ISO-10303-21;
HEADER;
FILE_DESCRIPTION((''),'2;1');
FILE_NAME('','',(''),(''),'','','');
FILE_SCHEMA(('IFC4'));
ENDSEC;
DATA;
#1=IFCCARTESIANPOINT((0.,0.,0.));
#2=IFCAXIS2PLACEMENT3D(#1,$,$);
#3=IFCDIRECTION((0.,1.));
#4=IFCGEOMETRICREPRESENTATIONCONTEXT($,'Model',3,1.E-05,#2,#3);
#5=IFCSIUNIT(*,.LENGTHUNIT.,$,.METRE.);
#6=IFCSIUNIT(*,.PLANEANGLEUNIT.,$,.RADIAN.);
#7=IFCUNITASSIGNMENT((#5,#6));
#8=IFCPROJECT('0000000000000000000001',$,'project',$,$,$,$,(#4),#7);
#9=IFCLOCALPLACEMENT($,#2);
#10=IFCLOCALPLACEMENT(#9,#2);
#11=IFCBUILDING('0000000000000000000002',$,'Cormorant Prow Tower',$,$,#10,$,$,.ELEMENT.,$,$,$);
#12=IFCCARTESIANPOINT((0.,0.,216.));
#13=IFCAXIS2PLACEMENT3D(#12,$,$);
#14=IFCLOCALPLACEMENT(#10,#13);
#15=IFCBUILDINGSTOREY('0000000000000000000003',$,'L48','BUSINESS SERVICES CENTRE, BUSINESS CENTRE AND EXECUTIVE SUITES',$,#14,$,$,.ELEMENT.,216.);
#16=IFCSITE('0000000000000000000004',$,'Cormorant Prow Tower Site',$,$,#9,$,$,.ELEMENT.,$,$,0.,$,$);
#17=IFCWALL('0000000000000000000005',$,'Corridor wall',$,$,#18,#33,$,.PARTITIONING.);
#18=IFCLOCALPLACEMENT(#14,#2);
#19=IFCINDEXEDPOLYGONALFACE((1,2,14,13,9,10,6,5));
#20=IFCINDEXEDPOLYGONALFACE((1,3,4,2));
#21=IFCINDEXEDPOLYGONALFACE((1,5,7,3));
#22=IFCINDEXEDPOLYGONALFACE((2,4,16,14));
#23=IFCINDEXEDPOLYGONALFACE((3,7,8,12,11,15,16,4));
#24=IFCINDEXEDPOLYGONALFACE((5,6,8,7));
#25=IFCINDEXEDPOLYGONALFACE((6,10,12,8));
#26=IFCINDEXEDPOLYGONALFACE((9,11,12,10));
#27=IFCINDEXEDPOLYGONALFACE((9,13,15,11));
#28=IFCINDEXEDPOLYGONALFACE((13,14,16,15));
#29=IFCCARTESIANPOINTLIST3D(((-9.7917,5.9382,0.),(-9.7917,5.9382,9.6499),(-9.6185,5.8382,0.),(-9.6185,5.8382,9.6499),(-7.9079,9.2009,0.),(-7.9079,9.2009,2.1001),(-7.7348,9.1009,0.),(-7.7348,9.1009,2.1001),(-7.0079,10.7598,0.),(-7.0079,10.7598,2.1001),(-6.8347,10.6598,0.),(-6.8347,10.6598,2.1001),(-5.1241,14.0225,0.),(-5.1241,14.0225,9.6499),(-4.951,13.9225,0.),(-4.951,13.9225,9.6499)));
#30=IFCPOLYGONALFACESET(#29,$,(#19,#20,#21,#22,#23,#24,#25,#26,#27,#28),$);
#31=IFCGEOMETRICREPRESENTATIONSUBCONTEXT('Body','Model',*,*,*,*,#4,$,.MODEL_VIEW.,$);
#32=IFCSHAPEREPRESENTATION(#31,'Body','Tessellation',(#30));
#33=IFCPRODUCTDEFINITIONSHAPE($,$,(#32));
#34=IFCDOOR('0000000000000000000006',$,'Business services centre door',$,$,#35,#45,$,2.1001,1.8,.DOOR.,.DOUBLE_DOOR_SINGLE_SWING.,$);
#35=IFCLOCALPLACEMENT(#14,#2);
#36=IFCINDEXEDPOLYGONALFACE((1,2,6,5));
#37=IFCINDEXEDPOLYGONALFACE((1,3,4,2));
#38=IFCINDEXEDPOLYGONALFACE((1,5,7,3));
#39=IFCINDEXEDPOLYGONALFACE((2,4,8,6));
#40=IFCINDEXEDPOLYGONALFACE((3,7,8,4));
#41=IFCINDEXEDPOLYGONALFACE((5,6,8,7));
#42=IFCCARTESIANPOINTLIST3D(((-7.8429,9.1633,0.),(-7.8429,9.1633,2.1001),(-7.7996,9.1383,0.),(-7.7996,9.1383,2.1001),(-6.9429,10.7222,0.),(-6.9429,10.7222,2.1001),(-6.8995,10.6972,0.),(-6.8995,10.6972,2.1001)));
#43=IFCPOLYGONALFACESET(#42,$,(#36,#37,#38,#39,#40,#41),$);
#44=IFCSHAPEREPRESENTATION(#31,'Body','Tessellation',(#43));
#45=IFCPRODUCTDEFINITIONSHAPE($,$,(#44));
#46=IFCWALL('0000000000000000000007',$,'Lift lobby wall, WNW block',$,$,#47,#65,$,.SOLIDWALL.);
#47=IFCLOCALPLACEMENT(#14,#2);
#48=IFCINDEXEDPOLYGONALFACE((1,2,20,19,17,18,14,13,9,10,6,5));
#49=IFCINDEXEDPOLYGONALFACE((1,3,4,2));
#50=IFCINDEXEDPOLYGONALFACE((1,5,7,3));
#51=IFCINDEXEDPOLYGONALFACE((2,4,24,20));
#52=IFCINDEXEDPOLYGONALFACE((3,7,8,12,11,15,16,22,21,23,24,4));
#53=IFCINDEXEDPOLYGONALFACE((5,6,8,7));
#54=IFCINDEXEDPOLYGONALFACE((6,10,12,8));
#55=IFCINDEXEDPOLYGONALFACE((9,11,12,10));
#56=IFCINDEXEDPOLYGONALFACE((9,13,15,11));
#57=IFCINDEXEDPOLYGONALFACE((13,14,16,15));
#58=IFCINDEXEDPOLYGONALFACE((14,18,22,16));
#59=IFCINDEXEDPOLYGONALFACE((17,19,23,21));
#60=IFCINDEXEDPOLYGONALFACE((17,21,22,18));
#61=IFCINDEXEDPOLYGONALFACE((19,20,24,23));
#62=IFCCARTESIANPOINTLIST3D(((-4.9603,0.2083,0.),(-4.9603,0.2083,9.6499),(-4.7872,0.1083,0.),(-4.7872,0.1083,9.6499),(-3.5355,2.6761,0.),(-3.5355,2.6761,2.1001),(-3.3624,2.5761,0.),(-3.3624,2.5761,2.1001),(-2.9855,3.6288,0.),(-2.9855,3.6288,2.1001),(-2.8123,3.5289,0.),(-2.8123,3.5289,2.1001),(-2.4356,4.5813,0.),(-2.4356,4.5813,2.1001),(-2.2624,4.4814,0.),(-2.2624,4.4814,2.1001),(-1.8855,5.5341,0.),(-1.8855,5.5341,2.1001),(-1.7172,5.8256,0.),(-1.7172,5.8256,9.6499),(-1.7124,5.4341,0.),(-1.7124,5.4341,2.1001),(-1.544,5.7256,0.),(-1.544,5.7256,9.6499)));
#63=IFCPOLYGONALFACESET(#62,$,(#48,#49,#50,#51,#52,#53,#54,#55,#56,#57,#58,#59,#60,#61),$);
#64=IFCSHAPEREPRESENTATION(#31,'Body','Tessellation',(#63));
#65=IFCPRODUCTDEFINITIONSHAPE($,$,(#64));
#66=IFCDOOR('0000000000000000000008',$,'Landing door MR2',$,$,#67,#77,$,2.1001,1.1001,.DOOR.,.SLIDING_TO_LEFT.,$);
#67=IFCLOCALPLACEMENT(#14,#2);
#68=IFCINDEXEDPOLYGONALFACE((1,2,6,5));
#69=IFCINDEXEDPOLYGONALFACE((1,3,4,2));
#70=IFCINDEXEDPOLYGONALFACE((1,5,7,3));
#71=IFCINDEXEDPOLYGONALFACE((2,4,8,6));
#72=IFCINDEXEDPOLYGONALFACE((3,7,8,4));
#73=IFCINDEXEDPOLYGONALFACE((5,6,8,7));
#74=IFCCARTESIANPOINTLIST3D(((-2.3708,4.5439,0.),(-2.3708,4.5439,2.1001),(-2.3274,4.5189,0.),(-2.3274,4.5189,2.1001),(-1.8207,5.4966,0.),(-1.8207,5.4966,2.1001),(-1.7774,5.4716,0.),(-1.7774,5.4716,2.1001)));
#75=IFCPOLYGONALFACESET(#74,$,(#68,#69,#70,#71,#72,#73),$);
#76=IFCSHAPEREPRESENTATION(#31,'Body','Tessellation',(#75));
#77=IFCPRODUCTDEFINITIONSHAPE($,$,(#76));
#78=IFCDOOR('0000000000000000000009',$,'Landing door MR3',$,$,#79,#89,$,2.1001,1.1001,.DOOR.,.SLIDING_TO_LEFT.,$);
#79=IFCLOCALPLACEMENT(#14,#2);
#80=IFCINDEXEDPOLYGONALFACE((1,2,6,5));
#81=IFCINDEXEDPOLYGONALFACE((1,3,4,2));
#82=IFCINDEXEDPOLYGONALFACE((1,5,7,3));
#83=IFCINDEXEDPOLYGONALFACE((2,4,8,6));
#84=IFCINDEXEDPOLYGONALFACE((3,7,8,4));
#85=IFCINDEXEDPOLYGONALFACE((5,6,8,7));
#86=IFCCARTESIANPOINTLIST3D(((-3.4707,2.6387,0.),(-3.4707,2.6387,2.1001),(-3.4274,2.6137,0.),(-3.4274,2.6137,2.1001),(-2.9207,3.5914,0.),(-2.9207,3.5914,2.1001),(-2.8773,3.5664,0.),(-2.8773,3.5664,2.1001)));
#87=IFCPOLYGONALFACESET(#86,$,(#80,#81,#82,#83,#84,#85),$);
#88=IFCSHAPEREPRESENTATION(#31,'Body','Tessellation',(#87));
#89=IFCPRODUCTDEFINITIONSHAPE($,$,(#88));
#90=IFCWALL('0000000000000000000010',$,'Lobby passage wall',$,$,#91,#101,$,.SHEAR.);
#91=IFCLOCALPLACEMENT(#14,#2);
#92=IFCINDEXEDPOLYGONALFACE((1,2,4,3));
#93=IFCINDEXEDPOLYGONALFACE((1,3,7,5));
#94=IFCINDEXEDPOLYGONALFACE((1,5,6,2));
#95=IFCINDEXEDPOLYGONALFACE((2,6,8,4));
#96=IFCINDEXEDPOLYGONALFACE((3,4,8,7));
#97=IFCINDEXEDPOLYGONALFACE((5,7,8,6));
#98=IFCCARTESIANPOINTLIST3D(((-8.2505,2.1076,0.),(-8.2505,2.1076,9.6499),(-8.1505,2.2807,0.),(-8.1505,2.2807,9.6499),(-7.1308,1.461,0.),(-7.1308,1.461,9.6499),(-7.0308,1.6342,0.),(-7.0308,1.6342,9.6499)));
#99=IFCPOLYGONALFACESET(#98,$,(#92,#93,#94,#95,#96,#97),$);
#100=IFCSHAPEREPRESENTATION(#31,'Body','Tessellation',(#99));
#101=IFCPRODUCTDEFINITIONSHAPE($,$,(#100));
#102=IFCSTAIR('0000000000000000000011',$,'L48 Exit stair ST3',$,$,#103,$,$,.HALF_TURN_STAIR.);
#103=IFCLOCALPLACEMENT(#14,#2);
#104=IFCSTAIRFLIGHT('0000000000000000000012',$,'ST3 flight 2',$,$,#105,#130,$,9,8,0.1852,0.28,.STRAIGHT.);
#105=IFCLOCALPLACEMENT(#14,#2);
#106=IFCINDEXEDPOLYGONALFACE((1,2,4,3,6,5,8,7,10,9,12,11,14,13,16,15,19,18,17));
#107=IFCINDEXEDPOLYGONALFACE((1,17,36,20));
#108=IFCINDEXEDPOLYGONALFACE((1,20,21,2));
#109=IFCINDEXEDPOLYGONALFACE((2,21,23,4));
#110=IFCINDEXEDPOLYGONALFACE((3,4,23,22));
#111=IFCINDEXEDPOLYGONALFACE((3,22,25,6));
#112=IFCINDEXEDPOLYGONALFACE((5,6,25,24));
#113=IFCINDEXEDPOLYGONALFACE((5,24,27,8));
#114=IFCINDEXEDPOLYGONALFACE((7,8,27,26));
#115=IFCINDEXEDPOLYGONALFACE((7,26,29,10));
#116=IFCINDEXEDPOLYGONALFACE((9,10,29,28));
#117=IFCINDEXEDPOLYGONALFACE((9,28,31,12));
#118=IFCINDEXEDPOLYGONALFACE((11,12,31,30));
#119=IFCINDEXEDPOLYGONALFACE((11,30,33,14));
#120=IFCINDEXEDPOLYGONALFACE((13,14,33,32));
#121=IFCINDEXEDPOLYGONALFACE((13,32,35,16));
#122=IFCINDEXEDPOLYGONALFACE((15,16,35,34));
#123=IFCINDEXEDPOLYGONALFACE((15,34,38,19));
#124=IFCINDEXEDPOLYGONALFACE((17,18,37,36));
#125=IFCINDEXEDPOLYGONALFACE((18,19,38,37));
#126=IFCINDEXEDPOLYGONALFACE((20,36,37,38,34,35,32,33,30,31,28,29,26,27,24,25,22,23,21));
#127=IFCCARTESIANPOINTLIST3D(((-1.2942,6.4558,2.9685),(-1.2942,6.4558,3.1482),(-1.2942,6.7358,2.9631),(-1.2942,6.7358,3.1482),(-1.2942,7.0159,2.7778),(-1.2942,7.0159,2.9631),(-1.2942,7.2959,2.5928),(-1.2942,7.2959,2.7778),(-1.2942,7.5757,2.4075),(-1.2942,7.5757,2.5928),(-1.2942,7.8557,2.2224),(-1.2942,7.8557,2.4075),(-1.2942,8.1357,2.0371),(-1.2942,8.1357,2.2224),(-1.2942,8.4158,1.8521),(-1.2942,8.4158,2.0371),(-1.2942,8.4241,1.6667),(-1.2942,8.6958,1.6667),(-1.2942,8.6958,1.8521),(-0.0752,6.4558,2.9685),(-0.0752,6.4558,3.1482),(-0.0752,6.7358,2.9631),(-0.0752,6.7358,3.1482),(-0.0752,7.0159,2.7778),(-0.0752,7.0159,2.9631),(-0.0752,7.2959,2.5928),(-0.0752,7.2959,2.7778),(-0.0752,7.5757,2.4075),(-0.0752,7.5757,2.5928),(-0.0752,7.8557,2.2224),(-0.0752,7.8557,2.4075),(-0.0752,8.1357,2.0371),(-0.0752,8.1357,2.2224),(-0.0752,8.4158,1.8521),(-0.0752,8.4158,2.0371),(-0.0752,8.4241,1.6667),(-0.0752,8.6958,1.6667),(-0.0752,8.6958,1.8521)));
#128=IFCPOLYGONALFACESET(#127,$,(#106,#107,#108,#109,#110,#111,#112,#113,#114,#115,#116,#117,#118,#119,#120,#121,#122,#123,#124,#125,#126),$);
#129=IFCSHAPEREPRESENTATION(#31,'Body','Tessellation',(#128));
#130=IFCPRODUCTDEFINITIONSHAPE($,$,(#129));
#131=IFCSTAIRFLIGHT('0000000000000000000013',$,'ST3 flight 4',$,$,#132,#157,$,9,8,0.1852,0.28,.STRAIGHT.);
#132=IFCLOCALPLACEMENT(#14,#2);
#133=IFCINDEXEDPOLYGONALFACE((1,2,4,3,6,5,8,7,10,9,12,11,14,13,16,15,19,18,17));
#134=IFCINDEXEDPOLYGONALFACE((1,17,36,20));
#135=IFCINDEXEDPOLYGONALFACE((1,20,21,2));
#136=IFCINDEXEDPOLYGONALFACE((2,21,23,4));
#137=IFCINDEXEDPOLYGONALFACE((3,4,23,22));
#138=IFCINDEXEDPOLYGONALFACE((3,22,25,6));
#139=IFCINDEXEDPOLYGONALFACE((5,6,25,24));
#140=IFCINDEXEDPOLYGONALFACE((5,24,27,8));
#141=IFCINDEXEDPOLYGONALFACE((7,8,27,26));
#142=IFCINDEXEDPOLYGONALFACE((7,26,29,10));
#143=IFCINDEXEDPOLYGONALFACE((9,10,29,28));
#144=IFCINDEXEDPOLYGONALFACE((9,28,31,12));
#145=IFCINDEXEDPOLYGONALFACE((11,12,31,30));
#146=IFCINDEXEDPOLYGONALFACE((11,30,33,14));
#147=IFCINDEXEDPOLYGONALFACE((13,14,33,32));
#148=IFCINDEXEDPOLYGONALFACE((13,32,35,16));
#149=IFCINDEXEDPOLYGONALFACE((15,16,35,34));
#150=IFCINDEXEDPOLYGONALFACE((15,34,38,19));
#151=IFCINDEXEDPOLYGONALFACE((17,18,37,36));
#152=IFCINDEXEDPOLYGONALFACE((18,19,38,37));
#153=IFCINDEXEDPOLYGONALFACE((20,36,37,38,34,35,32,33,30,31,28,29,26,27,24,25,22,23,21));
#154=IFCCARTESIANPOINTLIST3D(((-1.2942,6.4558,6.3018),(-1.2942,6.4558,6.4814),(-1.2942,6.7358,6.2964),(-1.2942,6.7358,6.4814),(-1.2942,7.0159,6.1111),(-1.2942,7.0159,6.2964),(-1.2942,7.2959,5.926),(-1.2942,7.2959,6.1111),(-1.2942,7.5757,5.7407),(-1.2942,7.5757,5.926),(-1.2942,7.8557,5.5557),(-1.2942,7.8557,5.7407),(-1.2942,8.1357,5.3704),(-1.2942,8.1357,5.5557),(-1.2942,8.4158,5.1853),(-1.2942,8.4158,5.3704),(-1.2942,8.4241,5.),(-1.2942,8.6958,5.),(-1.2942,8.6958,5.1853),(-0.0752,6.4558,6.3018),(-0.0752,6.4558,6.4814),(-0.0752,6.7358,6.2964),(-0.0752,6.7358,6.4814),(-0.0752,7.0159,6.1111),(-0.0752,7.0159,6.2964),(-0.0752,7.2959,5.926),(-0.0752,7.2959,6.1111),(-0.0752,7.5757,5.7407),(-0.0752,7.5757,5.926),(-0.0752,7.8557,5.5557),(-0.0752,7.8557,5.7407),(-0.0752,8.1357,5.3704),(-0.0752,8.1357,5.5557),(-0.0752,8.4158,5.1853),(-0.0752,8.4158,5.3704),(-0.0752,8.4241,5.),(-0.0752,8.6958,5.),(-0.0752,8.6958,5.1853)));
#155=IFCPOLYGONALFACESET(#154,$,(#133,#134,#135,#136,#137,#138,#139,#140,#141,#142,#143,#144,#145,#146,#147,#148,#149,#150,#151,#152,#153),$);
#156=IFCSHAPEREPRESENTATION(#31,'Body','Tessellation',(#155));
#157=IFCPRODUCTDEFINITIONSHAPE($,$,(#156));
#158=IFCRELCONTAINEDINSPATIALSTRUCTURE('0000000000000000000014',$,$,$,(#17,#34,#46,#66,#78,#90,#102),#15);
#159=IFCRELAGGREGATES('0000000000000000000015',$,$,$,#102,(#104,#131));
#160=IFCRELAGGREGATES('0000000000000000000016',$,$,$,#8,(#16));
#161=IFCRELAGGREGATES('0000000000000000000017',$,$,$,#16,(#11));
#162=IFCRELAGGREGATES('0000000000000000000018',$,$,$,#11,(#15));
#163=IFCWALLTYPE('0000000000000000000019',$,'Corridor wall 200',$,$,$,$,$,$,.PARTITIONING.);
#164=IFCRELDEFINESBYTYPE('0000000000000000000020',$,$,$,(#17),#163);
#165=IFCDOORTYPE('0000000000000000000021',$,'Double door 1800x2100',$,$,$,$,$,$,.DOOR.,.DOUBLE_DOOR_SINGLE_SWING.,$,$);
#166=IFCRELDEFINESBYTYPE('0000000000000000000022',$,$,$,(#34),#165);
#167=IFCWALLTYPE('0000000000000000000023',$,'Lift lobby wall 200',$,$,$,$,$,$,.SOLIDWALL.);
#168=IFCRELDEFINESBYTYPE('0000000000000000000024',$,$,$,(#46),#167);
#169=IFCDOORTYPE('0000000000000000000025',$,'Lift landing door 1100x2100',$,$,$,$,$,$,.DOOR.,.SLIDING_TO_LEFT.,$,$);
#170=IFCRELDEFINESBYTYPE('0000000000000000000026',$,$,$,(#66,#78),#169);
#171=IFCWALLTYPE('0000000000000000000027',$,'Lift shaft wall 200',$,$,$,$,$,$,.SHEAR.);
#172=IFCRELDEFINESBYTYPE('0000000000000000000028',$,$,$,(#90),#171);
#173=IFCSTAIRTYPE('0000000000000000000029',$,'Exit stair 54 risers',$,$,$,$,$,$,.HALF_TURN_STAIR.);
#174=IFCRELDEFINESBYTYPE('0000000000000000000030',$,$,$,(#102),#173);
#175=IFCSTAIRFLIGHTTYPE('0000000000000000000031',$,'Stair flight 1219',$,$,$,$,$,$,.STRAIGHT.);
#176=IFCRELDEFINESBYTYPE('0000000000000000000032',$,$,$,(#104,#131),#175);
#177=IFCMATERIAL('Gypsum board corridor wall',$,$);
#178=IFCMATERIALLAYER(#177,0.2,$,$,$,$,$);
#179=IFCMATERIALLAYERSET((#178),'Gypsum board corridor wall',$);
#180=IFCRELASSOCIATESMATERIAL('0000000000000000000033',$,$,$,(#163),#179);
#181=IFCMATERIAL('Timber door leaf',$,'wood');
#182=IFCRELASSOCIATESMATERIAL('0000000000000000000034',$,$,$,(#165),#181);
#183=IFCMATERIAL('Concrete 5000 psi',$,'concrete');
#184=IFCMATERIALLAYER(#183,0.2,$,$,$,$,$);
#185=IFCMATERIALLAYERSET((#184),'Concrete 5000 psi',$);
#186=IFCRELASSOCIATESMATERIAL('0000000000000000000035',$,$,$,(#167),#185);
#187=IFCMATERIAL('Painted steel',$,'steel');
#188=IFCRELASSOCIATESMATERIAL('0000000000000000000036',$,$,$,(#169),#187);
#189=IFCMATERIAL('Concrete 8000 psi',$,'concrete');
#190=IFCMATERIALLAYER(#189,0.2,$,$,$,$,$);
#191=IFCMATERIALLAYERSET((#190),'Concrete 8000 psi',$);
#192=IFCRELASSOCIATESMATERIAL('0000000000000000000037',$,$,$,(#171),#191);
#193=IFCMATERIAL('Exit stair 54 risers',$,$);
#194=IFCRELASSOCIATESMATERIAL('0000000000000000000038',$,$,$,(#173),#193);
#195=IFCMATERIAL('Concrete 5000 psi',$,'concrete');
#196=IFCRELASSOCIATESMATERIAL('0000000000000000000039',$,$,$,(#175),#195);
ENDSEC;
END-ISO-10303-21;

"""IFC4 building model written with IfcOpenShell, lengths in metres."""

from ifc_helpers import new_model, si_unit, direction, frame, frame_2d, origin, place, context, subcontext, project, spatial, polyline, rectangle, outline, extrude, material, layer, layer_set, type_object, element, fill, aggregate, save


model = new_model("IFC4")

# Units and contexts
model_context = context("Model", 3, precision=1e-05, world=origin(), true_north=direction((0.0, 1.0)))
body_context = subcontext(model_context, "Body", "Model", "MODEL_VIEW")
ifc_project = project(units=[si_unit("LENGTHUNIT", "METRE"), si_unit("PLANEANGLEUNIT", "RADIAN")], contexts=[model_context])

# Site, building, storey
site_placement = place(None, origin())
site = spatial("IfcSite", under=ifc_project, at=site_placement, Name="Cormorant Prow Tower Site", CompositionType="ELEMENT", RefElevation=0.0)
building_placement = place(site_placement, origin())
building = spatial("IfcBuilding", under=site, at=building_placement, Name="Cormorant Prow Tower", CompositionType="ELEMENT")
storey_placement = place(building_placement, frame((0.0, 0.0, 216.0)))
storey = spatial("IfcBuildingStorey", under=building, at=storey_placement, Name="L48", Description="BUSINESS SERVICES CENTRE, BUSINESS CENTRE AND EXECUTIVE SUITES", CompositionType="ELEMENT", Elevation=216.0)

# Wall, opening, door
ifc_material_1 = material(Name="Gypsum board corridor wall")
ifc_layer_1 = layer(ifc_material_1, 0.2)
ifc_layer_set_1 = layer_set([ifc_layer_1], Name="Gypsum board corridor wall")
wall_type_1 = type_object("IfcWallType", Name="Corridor wall 200", PredefinedType="PARTITIONING", material=ifc_layer_set_1)
wall_1_placement = place(storey_placement, frame((-9.7051, 5.8882, 0.0), z_axis=(0.0, 0.0, 1.0), x_axis=(0.500004, 0.866023, 0.0)))
wall_1 = element("IfcWall", 1, at=wall_1_placement, inside=storey, type_object=wall_type_1, Name="Corridor wall", PredefinedType="PARTITIONING", context=body_context, shape_type="SweptSolid", body=[
    extrude(rectangle(XDim=9.335, YDim=0.2, at=frame_2d((4.6675, 0.0))), origin(), (0.0, 0.0, 1.0), 9.6499),
])
opening_1_placement = place(wall_1_placement, frame((3.7676, 0.0, 0.0)))
opening_1 = element("IfcOpeningElement", 2, at=opening_1_placement, cuts=wall_1, PredefinedType="OPENING", context=body_context, shape_type="SweptSolid", body=[
    extrude(rectangle(XDim=1.8, YDim=2.1001, at=frame_2d((0.8999, 1.05))), frame((0.0, 0.1099, 0.0), z_axis=(0.0, -1.0, 0.0), x_axis=(1.0, 0.0, 0.0)), (0.0, 0.0, 1.0), 0.22),
])
ifc_material_2 = material(Name="Timber door leaf", Category="wood")
door_type_1 = type_object("IfcDoorType", Name="Double door 1800x2100", OperationType="DOUBLE_DOOR_SINGLE_SWING", PredefinedType="DOOR", material=ifc_material_2)
door_1_placement = place(opening_1_placement, origin())
door_1 = element("IfcDoor", 3, at=door_1_placement, inside=storey, type_object=door_type_1, Name="Business services centre door", OperationType="DOUBLE_DOOR_SINGLE_SWING", OverallHeight=2.1001, OverallWidth=1.8, PredefinedType="DOOR", context=body_context, shape_type="SweptSolid", body=[
    extrude(rectangle(XDim=1.8, YDim=2.1001, at=frame_2d((0.8999, 1.05))), frame((0.0, 0.0249, 0.0), z_axis=(0.0, -1.0, 0.0), x_axis=(1.0, 0.0, 0.0)), (0.0, 0.0, 1.0), 0.05),
])
fill(opening_1, door_1)

# Wall, openings, doors
ifc_material_3 = material(Name="Concrete 5000 psi", Category="concrete")
ifc_layer_2 = layer(ifc_material_3, 0.2)
ifc_layer_set_2 = layer_set([ifc_layer_2], Name="Concrete 5000 psi")
wall_type_2 = type_object("IfcWallType", Name="Lift lobby wall 200", PredefinedType="SOLIDWALL", material=ifc_layer_set_2)
wall_2_placement = place(storey_placement, frame((-1.6306, 5.7756, 0.0), z_axis=(0.0, 0.0, 1.0), x_axis=(-0.499993, -0.86603, 0.0)))
wall_2 = element("IfcWall", 4, at=wall_2_placement, inside=storey, type_object=wall_type_2, Name="Lift lobby wall, WNW block", PredefinedType="SOLIDWALL", context=body_context, shape_type="SweptSolid", body=[
    extrude(rectangle(XDim=6.4863, YDim=0.2, at=frame_2d((3.2432, 0.0))), origin(), (0.0, 0.0, 1.0), 9.6499),
])
opening_2_placement = place(wall_2_placement, frame((0.3367, 0.0, 0.0)))
opening_2 = element("IfcOpeningElement", 5, at=opening_2_placement, cuts=wall_2, PredefinedType="OPENING", context=body_context, shape_type="SweptSolid", body=[
    extrude(rectangle(XDim=1.1001, YDim=2.1001, at=frame_2d((0.55, 1.05))), frame((0.0, 0.1099, 0.0), z_axis=(0.0, -1.0, 0.0), x_axis=(1.0, 0.0, 0.0)), (0.0, 0.0, 1.0), 0.22),
])
opening_3_placement = place(wall_2_placement, frame((2.5366, 0.0, 0.0)))
opening_3 = element("IfcOpeningElement", 6, at=opening_3_placement, cuts=wall_2, PredefinedType="OPENING", context=body_context, shape_type="SweptSolid", body=[
    extrude(rectangle(XDim=1.1001, YDim=2.1001, at=frame_2d((0.55, 1.05))), frame((0.0, 0.1099, 0.0), z_axis=(0.0, -1.0, 0.0), x_axis=(1.0, 0.0, 0.0)), (0.0, 0.0, 1.0), 0.22),
])
ifc_material_4 = material(Name="Painted steel", Category="steel")
door_type_2 = type_object("IfcDoorType", Name="Lift landing door 1100x2100", OperationType="SLIDING_TO_LEFT", PredefinedType="DOOR", material=ifc_material_4)
door_2_placement = place(opening_2_placement, origin())
door_2 = element("IfcDoor", 7, at=door_2_placement, inside=storey, type_object=door_type_2, Name="Landing door MR2", OperationType="SLIDING_TO_LEFT", OverallHeight=2.1001, OverallWidth=1.1001, PredefinedType="DOOR", context=body_context, shape_type="SweptSolid", body=[
    extrude(rectangle(XDim=1.1001, YDim=2.1001, at=frame_2d((0.55, 1.05))), frame((0.0, 0.0249, 0.0), z_axis=(0.0, -1.0, 0.0), x_axis=(1.0, 0.0, 0.0)), (0.0, 0.0, 1.0), 0.05),
])
fill(opening_2, door_2)
door_3_placement = place(opening_3_placement, origin())
door_3 = element("IfcDoor", 8, at=door_3_placement, inside=storey, type_object=door_type_2, Name="Landing door MR3", OperationType="SLIDING_TO_LEFT", OverallHeight=2.1001, OverallWidth=1.1001, PredefinedType="DOOR", context=body_context, shape_type="SweptSolid", body=[
    extrude(rectangle(XDim=1.1001, YDim=2.1001, at=frame_2d((0.55, 1.05))), frame((0.0, 0.0249, 0.0), z_axis=(0.0, -1.0, 0.0), x_axis=(1.0, 0.0, 0.0)), (0.0, 0.0, 1.0), 0.05),
])
fill(opening_3, door_3)

# Wall
ifc_material_5 = material(Name="Concrete 8000 psi", Category="concrete")
ifc_layer_3 = layer(ifc_material_5, 0.2)
ifc_layer_set_3 = layer_set([ifc_layer_3], Name="Concrete 8000 psi")
wall_type_3 = type_object("IfcWallType", Name="Lift shaft wall 200", PredefinedType="SHEAR", material=ifc_layer_set_3)
wall_3_placement = place(storey_placement, frame((-7.0808, 1.5476, 0.0), z_axis=(0.0, 0.0, 1.0), x_axis=(-0.866003, 0.500038, 0.0)))
element("IfcWall", 9, at=wall_3_placement, inside=storey, type_object=wall_type_3, Name="Lobby passage wall", PredefinedType="SHEAR", context=body_context, shape_type="SweptSolid", body=[
    extrude(rectangle(XDim=1.293, YDim=0.2, at=frame_2d((0.6465, 0.0))), origin(), (0.0, 0.0, 1.0), 9.6499),
])

# Stair, stair flights
ifc_material_6 = material(Name="Exit stair 54 risers")
stair_type = type_object("IfcStairType", Name="Exit stair 54 risers", PredefinedType="HALF_TURN_STAIR", material=ifc_material_6)
stair_placement = place(storey_placement, origin())
stair = element("IfcStair", 10, at=stair_placement, inside=storey, type_object=stair_type, Name="L48 Exit stair ST3", PredefinedType="HALF_TURN_STAIR")
ifc_material_7 = material(Name="Concrete 5000 psi", Category="concrete")
stair_flight_type = type_object("IfcStairFlightType", Name="Stair flight 1219", PredefinedType="STRAIGHT", material=ifc_material_7)
stair_flight_1_placement = place(storey_placement, frame((-0.6846, 8.6958, 1.6667), z_axis=(0.0, 0.0, 1.0), x_axis=(0.0, -1.0, 0.0)))
stair_flight_1 = element("IfcStairFlight", 11, at=stair_flight_1_placement, type_object=stair_flight_type, Name="ST3 flight 2", NumberOfRisers=9, NumberOfTreads=8, PredefinedType="STRAIGHT", RiserHeight=0.1852, TreadLength=0.28, context=body_context, shape_type="SweptSolid", body=[
    extrude(outline(polyline([(0.0, 0.0), (0.0, 0.1853), (0.28, 0.1853), (0.28, 0.3704), (0.5601, 0.3704), (0.5601, 0.5557), (0.8401, 0.5557), (0.8401, 0.7407), (1.1201, 0.7407), (1.1201, 0.926), (1.3999, 0.926), (1.3999, 1.1111), (1.6799, 1.1111), (1.6799, 1.2964), (1.96, 1.2964), (1.96, 1.4814), (2.24, 1.4814), (2.24, 1.6667), (2.24, 1.3018), (0.2717, 0.0), (0.0, 0.0)])), frame((0.0, 0.6094, 0.0), z_axis=(0.0, -1.0, 0.0), x_axis=(1.0, 0.0, 0.0)), (0.0, 0.0, 1.0), 1.219),
])
stair_flight_2_placement = place(storey_placement, frame((-0.6846, 8.6958, 5.0), z_axis=(0.0, 0.0, 1.0), x_axis=(0.0, -1.0, 0.0)))
stair_flight_2 = element("IfcStairFlight", 12, at=stair_flight_2_placement, type_object=stair_flight_type, Name="ST3 flight 4", NumberOfRisers=9, NumberOfTreads=8, PredefinedType="STRAIGHT", RiserHeight=0.1852, TreadLength=0.28, context=body_context, shape_type="SweptSolid", body=[
    extrude(outline(polyline([(0.0, 0.0), (0.0, 0.1853), (0.28, 0.1853), (0.28, 0.3704), (0.5601, 0.3704), (0.5601, 0.5557), (0.8401, 0.5557), (0.8401, 0.7407), (1.1201, 0.7407), (1.1201, 0.926), (1.3999, 0.926), (1.3999, 1.1111), (1.6799, 1.1111), (1.6799, 1.2964), (1.96, 1.2964), (1.96, 1.4814), (2.24, 1.4814), (2.24, 1.6667), (2.24, 1.3018), (0.2717, 0.0), (0.0, 0.0)])), frame((0.0, 0.6094, 0.0), z_axis=(0.0, -1.0, 0.0), x_axis=(1.0, 0.0, 0.0)), (0.0, 0.0, 1.0), 1.219),
])
aggregate(stair, [stair_flight_1, stair_flight_2])

save(model, "model.ifc")
